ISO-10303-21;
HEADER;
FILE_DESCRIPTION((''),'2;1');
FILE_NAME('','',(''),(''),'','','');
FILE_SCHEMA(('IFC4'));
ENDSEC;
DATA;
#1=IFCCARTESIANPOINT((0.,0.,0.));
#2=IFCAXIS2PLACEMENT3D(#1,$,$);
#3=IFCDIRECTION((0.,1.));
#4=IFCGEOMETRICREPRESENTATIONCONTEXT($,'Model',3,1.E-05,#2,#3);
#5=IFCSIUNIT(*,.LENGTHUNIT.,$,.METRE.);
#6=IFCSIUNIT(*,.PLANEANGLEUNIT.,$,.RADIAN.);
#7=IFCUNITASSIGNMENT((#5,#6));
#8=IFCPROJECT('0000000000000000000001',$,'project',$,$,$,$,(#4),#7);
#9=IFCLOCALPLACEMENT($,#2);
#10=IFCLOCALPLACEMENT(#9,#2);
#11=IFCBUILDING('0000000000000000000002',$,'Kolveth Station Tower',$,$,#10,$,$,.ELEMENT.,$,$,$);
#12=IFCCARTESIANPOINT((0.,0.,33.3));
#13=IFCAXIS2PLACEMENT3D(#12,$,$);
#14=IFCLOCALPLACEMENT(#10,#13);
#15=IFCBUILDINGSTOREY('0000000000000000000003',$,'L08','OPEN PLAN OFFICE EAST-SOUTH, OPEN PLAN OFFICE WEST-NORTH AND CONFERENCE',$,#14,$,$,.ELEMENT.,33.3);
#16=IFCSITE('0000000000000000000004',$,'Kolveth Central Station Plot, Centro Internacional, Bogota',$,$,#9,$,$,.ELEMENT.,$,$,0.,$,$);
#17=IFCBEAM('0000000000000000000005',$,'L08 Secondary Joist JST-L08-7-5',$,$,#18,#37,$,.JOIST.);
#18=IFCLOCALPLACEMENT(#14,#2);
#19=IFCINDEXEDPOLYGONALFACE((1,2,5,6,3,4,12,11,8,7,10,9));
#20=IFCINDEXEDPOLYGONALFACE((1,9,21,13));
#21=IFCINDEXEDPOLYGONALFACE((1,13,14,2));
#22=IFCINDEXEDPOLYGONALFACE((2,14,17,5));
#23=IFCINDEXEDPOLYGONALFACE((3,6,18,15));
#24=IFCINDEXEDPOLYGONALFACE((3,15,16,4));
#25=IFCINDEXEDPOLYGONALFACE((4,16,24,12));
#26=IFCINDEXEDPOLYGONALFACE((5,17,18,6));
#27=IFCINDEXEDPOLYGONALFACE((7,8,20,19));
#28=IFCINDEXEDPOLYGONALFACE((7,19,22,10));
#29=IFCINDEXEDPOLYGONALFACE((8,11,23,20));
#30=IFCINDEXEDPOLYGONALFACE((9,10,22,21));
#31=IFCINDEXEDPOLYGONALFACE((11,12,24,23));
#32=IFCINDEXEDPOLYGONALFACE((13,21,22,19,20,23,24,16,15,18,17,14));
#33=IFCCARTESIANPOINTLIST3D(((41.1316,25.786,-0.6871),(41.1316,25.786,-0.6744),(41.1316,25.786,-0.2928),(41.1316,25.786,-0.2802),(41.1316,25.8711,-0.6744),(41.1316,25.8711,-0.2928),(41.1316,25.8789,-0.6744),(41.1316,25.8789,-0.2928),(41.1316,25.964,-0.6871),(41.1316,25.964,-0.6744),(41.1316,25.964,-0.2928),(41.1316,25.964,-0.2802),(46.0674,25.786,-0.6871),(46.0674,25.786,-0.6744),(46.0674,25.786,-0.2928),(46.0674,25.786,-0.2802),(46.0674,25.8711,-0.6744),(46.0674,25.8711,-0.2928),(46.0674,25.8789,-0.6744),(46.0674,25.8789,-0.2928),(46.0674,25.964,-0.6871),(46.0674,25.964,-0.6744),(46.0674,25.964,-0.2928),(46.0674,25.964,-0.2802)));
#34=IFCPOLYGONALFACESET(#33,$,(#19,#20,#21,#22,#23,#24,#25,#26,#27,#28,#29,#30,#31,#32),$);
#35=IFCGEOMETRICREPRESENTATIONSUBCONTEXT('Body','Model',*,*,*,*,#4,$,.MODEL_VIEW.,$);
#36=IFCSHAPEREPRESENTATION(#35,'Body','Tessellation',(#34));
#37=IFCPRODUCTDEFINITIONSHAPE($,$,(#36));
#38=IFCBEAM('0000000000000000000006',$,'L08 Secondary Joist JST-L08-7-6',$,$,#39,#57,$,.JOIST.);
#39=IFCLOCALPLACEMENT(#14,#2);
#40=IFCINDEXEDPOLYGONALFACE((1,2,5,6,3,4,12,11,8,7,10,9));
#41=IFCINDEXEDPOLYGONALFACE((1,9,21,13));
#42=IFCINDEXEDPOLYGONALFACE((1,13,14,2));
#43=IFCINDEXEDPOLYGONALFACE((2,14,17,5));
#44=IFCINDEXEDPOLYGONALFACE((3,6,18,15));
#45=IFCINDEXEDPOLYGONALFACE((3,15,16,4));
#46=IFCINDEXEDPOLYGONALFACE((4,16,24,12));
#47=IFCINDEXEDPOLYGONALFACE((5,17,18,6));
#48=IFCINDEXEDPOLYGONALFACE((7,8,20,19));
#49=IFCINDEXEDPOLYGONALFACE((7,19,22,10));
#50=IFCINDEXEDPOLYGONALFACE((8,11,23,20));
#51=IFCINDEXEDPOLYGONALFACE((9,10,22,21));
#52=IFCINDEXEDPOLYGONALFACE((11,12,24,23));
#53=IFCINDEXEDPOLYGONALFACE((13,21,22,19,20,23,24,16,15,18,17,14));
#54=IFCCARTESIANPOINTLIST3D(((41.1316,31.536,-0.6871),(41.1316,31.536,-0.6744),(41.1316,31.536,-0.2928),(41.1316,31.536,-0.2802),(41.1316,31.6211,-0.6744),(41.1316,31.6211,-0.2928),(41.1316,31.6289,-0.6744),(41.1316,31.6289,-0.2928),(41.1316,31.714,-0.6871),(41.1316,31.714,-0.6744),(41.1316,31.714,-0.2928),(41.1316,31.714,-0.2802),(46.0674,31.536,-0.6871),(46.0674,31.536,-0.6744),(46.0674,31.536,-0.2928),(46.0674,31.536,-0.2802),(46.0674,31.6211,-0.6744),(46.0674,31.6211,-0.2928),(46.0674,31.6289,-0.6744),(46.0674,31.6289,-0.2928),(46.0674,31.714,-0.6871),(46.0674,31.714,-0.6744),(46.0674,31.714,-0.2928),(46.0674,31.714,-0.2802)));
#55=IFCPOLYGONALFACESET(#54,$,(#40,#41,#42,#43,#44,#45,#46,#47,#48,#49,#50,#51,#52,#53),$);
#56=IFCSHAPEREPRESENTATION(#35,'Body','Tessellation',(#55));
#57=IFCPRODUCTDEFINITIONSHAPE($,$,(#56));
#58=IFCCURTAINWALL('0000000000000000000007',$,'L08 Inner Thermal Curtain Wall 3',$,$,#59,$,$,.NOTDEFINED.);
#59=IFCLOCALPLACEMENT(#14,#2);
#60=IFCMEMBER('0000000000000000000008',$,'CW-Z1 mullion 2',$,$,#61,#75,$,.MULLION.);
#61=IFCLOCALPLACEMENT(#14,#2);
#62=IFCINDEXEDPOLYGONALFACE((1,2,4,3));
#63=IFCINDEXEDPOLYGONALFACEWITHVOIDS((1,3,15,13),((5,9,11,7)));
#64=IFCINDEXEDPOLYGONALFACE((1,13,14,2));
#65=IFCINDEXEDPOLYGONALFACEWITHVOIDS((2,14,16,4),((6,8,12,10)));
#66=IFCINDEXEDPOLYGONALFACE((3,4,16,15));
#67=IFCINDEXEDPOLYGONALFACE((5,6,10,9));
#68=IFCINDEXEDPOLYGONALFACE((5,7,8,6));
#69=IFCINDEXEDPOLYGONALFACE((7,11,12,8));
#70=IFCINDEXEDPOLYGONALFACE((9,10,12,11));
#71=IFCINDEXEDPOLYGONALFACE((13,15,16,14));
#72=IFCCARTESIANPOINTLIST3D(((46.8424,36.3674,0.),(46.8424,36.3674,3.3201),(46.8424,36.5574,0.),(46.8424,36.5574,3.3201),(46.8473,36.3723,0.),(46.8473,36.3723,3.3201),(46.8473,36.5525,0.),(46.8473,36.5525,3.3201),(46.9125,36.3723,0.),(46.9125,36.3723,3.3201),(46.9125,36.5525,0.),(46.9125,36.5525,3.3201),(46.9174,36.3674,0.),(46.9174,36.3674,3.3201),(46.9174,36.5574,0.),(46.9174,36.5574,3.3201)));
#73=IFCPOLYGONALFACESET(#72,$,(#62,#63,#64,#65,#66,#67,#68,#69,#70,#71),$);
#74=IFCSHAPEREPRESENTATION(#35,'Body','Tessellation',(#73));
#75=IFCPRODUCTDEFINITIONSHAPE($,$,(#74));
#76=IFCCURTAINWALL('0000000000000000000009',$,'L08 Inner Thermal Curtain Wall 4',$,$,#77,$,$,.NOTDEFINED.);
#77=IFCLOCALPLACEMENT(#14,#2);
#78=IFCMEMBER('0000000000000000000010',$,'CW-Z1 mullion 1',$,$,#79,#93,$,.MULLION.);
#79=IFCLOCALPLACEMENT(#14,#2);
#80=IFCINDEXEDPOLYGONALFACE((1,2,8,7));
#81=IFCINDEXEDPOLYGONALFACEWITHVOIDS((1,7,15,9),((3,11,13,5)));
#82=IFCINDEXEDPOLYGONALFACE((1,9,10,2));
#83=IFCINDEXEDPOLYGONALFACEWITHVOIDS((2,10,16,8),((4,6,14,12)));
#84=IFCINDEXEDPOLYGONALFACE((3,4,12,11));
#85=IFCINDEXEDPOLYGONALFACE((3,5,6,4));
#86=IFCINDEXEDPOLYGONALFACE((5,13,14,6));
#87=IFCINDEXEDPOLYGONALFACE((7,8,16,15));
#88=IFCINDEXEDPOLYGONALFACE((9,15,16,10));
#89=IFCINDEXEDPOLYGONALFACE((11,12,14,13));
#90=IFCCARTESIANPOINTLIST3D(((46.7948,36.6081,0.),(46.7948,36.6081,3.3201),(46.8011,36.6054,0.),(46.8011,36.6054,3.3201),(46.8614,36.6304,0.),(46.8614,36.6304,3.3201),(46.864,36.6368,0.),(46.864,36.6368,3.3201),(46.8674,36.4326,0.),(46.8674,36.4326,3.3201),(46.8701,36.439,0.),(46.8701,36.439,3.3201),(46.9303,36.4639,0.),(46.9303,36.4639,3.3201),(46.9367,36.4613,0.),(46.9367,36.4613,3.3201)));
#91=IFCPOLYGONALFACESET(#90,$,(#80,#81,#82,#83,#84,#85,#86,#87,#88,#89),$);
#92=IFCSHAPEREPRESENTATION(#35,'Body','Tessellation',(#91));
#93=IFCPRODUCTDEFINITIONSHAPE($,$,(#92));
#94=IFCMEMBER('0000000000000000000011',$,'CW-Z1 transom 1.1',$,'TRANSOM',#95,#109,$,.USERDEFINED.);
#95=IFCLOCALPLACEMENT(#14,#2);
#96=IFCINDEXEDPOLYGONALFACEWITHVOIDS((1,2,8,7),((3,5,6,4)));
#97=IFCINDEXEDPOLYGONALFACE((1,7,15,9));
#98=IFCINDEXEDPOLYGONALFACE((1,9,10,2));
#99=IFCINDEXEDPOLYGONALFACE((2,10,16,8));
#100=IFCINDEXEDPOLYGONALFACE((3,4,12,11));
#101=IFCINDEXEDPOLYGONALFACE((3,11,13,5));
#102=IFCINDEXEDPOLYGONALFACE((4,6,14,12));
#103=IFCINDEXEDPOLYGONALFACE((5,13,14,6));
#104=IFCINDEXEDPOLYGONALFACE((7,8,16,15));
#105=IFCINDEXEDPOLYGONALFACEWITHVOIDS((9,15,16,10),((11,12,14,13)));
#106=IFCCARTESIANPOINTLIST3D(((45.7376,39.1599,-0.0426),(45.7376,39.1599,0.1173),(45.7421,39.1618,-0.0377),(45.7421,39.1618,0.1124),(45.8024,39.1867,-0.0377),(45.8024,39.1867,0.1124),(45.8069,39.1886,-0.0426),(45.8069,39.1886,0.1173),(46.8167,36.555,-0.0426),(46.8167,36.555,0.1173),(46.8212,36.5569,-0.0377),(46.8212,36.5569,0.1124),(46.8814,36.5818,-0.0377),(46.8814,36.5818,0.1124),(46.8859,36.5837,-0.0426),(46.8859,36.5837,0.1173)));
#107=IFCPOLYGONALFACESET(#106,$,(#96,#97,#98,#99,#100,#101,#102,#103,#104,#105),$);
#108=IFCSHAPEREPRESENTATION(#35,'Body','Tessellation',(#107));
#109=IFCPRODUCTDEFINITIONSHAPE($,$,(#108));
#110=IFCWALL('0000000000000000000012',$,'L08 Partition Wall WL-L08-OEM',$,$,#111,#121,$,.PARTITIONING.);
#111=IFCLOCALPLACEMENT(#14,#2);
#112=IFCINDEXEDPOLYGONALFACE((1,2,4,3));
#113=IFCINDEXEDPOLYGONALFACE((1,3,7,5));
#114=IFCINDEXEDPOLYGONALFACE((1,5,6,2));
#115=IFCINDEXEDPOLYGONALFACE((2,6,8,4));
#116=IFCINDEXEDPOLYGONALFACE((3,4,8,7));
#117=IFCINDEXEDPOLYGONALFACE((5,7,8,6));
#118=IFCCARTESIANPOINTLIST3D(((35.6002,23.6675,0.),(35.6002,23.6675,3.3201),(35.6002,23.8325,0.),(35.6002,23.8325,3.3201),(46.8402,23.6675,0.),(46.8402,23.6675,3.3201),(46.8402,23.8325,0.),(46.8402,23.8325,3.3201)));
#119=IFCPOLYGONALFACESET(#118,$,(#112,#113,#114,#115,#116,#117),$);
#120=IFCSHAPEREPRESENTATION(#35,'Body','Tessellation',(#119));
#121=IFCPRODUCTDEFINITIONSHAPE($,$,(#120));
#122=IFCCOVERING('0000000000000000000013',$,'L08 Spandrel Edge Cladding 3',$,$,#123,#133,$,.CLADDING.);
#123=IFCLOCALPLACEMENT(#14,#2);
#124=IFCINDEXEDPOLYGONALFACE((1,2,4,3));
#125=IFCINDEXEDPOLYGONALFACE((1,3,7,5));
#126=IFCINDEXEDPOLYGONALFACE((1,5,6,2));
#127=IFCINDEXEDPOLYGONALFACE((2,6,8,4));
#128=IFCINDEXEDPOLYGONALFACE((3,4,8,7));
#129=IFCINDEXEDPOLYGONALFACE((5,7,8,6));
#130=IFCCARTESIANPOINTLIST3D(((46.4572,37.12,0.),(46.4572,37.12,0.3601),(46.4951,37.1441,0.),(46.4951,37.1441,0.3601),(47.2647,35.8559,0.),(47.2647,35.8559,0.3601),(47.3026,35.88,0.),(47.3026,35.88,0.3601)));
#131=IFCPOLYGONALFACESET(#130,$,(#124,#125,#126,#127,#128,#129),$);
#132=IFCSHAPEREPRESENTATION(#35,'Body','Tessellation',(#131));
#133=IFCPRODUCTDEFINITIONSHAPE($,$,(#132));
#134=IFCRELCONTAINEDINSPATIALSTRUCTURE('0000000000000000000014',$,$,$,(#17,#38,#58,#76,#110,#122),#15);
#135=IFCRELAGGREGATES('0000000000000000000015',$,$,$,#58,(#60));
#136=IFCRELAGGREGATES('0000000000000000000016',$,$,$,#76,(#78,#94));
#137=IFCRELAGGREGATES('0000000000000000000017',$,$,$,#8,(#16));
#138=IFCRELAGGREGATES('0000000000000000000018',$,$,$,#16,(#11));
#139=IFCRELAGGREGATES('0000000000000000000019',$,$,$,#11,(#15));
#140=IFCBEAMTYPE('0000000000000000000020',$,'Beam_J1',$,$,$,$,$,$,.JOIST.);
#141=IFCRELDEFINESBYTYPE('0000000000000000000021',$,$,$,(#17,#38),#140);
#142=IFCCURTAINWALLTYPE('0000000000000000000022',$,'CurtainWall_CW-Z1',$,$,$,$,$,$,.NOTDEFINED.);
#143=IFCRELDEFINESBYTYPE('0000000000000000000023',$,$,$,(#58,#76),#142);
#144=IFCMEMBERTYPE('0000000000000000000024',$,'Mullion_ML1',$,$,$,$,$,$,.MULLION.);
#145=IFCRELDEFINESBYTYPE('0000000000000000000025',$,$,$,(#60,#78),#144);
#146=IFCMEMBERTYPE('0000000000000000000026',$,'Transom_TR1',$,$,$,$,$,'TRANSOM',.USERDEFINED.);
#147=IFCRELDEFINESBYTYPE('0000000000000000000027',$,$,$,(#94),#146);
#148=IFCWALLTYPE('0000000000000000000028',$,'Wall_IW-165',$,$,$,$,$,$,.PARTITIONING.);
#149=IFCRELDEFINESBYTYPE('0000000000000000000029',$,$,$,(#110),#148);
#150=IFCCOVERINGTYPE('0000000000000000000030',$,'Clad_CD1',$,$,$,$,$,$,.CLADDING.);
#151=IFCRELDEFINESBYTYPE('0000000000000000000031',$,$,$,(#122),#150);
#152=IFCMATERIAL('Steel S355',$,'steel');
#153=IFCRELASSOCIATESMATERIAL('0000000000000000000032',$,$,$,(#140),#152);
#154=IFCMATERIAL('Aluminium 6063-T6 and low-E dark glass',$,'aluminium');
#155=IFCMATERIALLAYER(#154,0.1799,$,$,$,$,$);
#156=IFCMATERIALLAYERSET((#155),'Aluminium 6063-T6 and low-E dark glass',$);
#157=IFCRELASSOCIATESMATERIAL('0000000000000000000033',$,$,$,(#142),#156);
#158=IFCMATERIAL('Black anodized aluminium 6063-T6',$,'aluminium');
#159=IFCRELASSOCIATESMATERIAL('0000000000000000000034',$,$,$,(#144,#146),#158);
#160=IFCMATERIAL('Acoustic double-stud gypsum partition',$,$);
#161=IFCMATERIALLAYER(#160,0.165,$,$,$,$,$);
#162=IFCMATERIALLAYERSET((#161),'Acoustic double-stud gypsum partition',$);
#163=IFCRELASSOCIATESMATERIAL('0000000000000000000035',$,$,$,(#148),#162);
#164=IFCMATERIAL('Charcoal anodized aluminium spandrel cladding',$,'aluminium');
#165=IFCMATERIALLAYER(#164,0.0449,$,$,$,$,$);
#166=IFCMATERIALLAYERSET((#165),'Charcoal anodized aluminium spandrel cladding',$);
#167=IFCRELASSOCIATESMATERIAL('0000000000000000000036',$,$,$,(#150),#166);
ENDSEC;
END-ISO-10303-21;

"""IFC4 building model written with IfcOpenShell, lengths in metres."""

from ifc_helpers import new_model, si_unit, direction, frame, frame_2d, origin, origin_2d, place, context, subcontext, project, spatial, rectangle, hollow_rectangle, i_section, extrude, source, transform, mapped, material, layer, layer_set, material_profile, profile_set, type_object, element, aggregate, save


model = new_model("IFC4")

# Units and contexts
model_context = context("Model", 3, precision=1e-05, world=origin(), true_north=direction((0.0, 1.0)))
body_context = subcontext(model_context, "Body", "Model", "MODEL_VIEW")
ifc_project = project(units=[si_unit("LENGTHUNIT", "METRE"), si_unit("PLANEANGLEUNIT", "RADIAN")], contexts=[model_context])

# Site, building, storey
site_placement = place(None, origin())
site = spatial("IfcSite", under=ifc_project, at=site_placement, Name="Kolveth Central Station Plot, Centro Internacional, Bogota", CompositionType="ELEMENT", RefElevation=0.0)
building_placement = place(site_placement, origin())
building = spatial("IfcBuilding", under=site, at=building_placement, Name="Kolveth Station Tower", CompositionType="ELEMENT")
storey_placement = place(building_placement, frame((0.0, 0.0, 33.3)))
storey = spatial("IfcBuildingStorey", under=building, at=storey_placement, Name="L08", Description="OPEN PLAN OFFICE EAST-SOUTH, OPEN PLAN OFFICE WEST-NORTH AND CONFERENCE", CompositionType="ELEMENT", Elevation=33.3)

# Shared definitions
ifc_material_1 = material(Name="Steel S355", Category="steel")

# Beams
ifc_material_profile_1 = material_profile(ifc_material_1, i_section(OverallWidth=0.178, OverallDepth=0.407, WebThickness=0.0078, FlangeThickness=0.0127, at=origin_2d()), Name="W410x60")
ifc_profile_set_1 = profile_set([ifc_material_profile_1], Name="Steel S355")
beam_type_1 = type_object("IfcBeamType", Name="Beam_J1", PredefinedType="JOIST", material=ifc_profile_set_1)
shared_shape_1 = source(origin(), body_context, "Body", "SweptSolid", [
    extrude(i_section(OverallWidth=0.178, OverallDepth=0.407, WebThickness=0.0078, FlangeThickness=0.0127, at=origin_2d()), origin(), (0.0, 0.0, 1.0), 4.9358),
])
for number, where, z_axis, x_axis, name in (
    (1, (41.1316, 25.875, -0.4836), (1.0, 0.0, 0.0), (0.0, 1.0, 0.0), "L08 Secondary Joist JST-L08-7-5"),
    (2, (41.1316, 31.625, -0.4836), (1.0, 0.0, 0.0), (0.0, 1.0, 0.0), "L08 Secondary Joist JST-L08-7-6"),
):
    element("IfcBeam", number, at=place(storey_placement, frame(where, z_axis=z_axis, x_axis=x_axis)), inside=storey, type_object=beam_type_1, Name=name, PredefinedType="JOIST", context=body_context, shape_type="MappedRepresentation", body=[
        mapped(shared_shape_1, transform((0.0, 0.0, 0.0), x_axis=(1.0, 0.0, 0.0), y_axis=(0.0, 1.0, 0.0), z_axis=(0.0, 0.0, 1.0), scale=1.0)),
    ])

# Curtain wall, member
ifc_material_2 = material(Name="Aluminium 6063-T6 and low-E dark glass", Category="aluminium")
ifc_layer_1 = layer(ifc_material_2, 0.1799)
ifc_layer_set_1 = layer_set([ifc_layer_1], Name="Aluminium 6063-T6 and low-E dark glass")
curtain_wall_type = type_object("IfcCurtainWallType", Name="CurtainWall_CW-Z1", PredefinedType="NOTDEFINED", material=ifc_layer_set_1)
curtain_wall_1_placement = place(storey_placement, origin())
curtain_wall_1 = element("IfcCurtainWall", 3, at=curtain_wall_1_placement, inside=storey, type_object=curtain_wall_type, Name="L08 Inner Thermal Curtain Wall 3", PredefinedType="NOTDEFINED")
ifc_material_3 = material(Name="Black anodized aluminium 6063-T6", Category="aluminium")
ifc_material_profile_2 = material_profile(ifc_material_3, hollow_rectangle(XDim=0.075, YDim=0.1899, WallThickness=0.0049, at=origin_2d()), Name="ALU-75x190x5")
ifc_profile_set_2 = profile_set([ifc_material_profile_2], Name="Black anodized aluminium 6063-T6")
member_type_1 = type_object("IfcMemberType", Name="Mullion_ML1", PredefinedType="MULLION", material=ifc_profile_set_2)
shared_shape_2 = source(origin(), body_context, "Body", "SweptSolid", [
    extrude(hollow_rectangle(XDim=0.075, YDim=0.1899, WallThickness=0.0049, at=origin_2d()), origin(), (0.0, 0.0, 1.0), 3.3201),
])
member_1_placement = place(storey_placement, frame((46.8799, 36.4624, 0.0), z_axis=(0.0, 0.0, 1.0), x_axis=(-1.0, 0.0, 0.0)))
member_1 = element("IfcMember", 4, at=member_1_placement, type_object=member_type_1, Name="CW-Z1 mullion 2", PredefinedType="MULLION", context=body_context, shape_type="MappedRepresentation", body=[
    mapped(shared_shape_2, transform((0.0, 0.0, 0.0), x_axis=(1.0, 0.0, 0.0), y_axis=(0.0, 1.0, 0.0), z_axis=(0.0, 0.0, 1.0), scale=1.0)),
])
aggregate(curtain_wall_1, [member_1])

# Curtain wall, members
curtain_wall_2_placement = place(storey_placement, origin())
curtain_wall_2 = element("IfcCurtainWall", 5, at=curtain_wall_2_placement, inside=storey, type_object=curtain_wall_type, Name="L08 Inner Thermal Curtain Wall 4", PredefinedType="NOTDEFINED")
member_2_placement = place(storey_placement, frame((46.8657, 36.5347, 0.0), z_axis=(0.0, 0.0, 1.0), x_axis=(-0.923884, -0.382673, 0.0)))
member_2 = element("IfcMember", 6, at=member_2_placement, type_object=member_type_1, Name="CW-Z1 mullion 1", PredefinedType="MULLION", context=body_context, shape_type="MappedRepresentation", body=[
    mapped(shared_shape_2, transform((0.0, 0.0, 0.0), x_axis=(1.0, 0.0, 0.0), y_axis=(0.0, 1.0, 0.0), z_axis=(0.0, 0.0, 1.0), scale=1.0)),
])
ifc_material_profile_3 = material_profile(ifc_material_3, hollow_rectangle(XDim=0.075, YDim=0.1599, WallThickness=0.0049, at=origin_2d()), Name="ALU-75x160x5")
ifc_profile_set_3 = profile_set([ifc_material_profile_3], Name="Black anodized aluminium 6063-T6")
member_type_2 = type_object("IfcMemberType", Name="Transom_TR1", ElementType="TRANSOM", PredefinedType="USERDEFINED", material=ifc_profile_set_3)
shared_shape_3 = source(origin(), body_context, "Body", "SweptSolid", [
    extrude(hollow_rectangle(XDim=0.075, YDim=0.1599, WallThickness=0.0049, at=origin_2d()), origin(), (0.0, 0.0, 1.0), 2.8196),
])
member_3_placement = place(storey_placement, frame((46.8513, 36.5693, 0.0374), z_axis=(-0.382709, 0.923869, 0.0), x_axis=(-0.923869, -0.382709, 0.0)))
member_3 = element("IfcMember", 7, at=member_3_placement, type_object=member_type_2, Name="CW-Z1 transom 1.1", ObjectType="TRANSOM", PredefinedType="USERDEFINED", context=body_context, shape_type="MappedRepresentation", body=[
    mapped(shared_shape_3, transform((0.0, 0.0, 0.0), x_axis=(1.0, 0.0, 0.0), y_axis=(0.0, 1.0, 0.0), z_axis=(0.0, 0.0, 1.0), scale=1.0)),
])
aggregate(curtain_wall_2, [member_2, member_3])

# Wall
ifc_material_4 = material(Name="Acoustic double-stud gypsum partition")
ifc_layer_2 = layer(ifc_material_4, 0.165)
ifc_layer_set_2 = layer_set([ifc_layer_2], Name="Acoustic double-stud gypsum partition")
wall_type = type_object("IfcWallType", Name="Wall_IW-165", PredefinedType="PARTITIONING", material=ifc_layer_set_2)
wall_placement = place(storey_placement, frame((35.6001, 23.75, 0.0), z_axis=(0.0, 0.0, 1.0), x_axis=(1.0, 0.0, 0.0)))
element("IfcWall", 8, at=wall_placement, inside=storey, type_object=wall_type, Name="L08 Partition Wall WL-L08-OEM", PredefinedType="PARTITIONING", context=body_context, shape_type="SweptSolid", body=[
    extrude(rectangle(XDim=11.24, YDim=0.165, at=frame_2d((5.6201, 0.0))), origin(), (0.0, 0.0, 1.0), 3.3201),
])

# Covering
ifc_material_5 = material(Name="Charcoal anodized aluminium spandrel cladding", Category="aluminium")
ifc_layer_3 = layer(ifc_material_5, 0.0449)
ifc_layer_set_3 = layer_set([ifc_layer_3], Name="Charcoal anodized aluminium spandrel cladding")
covering_type = type_object("IfcCoveringType", Name="Clad_CD1", PredefinedType="CLADDING", material=ifc_layer_set_3)
shared_shape_4 = source(origin(), body_context, "Body", "SweptSolid", [
    extrude(rectangle(XDim=1.5, YDim=0.0449, at=origin_2d()), origin(), (0.0, 0.0, 1.0), 0.3601),
])
covering_placement = place(storey_placement, frame((46.8799, 36.5, 0.0), z_axis=(0.0, 0.0, 1.0), x_axis=(-0.53833, 0.842734, 0.0)))
element("IfcCovering", 9, at=covering_placement, inside=storey, type_object=covering_type, Name="L08 Spandrel Edge Cladding 3", PredefinedType="CLADDING", context=body_context, shape_type="MappedRepresentation", body=[
    mapped(shared_shape_4, transform((0.0, 0.0, 0.0), x_axis=(1.0, 0.0, 0.0), y_axis=(0.0, 1.0, 0.0), z_axis=(0.0, 0.0, 1.0), scale=1.0)),
])

save(model, "model.ifc")
